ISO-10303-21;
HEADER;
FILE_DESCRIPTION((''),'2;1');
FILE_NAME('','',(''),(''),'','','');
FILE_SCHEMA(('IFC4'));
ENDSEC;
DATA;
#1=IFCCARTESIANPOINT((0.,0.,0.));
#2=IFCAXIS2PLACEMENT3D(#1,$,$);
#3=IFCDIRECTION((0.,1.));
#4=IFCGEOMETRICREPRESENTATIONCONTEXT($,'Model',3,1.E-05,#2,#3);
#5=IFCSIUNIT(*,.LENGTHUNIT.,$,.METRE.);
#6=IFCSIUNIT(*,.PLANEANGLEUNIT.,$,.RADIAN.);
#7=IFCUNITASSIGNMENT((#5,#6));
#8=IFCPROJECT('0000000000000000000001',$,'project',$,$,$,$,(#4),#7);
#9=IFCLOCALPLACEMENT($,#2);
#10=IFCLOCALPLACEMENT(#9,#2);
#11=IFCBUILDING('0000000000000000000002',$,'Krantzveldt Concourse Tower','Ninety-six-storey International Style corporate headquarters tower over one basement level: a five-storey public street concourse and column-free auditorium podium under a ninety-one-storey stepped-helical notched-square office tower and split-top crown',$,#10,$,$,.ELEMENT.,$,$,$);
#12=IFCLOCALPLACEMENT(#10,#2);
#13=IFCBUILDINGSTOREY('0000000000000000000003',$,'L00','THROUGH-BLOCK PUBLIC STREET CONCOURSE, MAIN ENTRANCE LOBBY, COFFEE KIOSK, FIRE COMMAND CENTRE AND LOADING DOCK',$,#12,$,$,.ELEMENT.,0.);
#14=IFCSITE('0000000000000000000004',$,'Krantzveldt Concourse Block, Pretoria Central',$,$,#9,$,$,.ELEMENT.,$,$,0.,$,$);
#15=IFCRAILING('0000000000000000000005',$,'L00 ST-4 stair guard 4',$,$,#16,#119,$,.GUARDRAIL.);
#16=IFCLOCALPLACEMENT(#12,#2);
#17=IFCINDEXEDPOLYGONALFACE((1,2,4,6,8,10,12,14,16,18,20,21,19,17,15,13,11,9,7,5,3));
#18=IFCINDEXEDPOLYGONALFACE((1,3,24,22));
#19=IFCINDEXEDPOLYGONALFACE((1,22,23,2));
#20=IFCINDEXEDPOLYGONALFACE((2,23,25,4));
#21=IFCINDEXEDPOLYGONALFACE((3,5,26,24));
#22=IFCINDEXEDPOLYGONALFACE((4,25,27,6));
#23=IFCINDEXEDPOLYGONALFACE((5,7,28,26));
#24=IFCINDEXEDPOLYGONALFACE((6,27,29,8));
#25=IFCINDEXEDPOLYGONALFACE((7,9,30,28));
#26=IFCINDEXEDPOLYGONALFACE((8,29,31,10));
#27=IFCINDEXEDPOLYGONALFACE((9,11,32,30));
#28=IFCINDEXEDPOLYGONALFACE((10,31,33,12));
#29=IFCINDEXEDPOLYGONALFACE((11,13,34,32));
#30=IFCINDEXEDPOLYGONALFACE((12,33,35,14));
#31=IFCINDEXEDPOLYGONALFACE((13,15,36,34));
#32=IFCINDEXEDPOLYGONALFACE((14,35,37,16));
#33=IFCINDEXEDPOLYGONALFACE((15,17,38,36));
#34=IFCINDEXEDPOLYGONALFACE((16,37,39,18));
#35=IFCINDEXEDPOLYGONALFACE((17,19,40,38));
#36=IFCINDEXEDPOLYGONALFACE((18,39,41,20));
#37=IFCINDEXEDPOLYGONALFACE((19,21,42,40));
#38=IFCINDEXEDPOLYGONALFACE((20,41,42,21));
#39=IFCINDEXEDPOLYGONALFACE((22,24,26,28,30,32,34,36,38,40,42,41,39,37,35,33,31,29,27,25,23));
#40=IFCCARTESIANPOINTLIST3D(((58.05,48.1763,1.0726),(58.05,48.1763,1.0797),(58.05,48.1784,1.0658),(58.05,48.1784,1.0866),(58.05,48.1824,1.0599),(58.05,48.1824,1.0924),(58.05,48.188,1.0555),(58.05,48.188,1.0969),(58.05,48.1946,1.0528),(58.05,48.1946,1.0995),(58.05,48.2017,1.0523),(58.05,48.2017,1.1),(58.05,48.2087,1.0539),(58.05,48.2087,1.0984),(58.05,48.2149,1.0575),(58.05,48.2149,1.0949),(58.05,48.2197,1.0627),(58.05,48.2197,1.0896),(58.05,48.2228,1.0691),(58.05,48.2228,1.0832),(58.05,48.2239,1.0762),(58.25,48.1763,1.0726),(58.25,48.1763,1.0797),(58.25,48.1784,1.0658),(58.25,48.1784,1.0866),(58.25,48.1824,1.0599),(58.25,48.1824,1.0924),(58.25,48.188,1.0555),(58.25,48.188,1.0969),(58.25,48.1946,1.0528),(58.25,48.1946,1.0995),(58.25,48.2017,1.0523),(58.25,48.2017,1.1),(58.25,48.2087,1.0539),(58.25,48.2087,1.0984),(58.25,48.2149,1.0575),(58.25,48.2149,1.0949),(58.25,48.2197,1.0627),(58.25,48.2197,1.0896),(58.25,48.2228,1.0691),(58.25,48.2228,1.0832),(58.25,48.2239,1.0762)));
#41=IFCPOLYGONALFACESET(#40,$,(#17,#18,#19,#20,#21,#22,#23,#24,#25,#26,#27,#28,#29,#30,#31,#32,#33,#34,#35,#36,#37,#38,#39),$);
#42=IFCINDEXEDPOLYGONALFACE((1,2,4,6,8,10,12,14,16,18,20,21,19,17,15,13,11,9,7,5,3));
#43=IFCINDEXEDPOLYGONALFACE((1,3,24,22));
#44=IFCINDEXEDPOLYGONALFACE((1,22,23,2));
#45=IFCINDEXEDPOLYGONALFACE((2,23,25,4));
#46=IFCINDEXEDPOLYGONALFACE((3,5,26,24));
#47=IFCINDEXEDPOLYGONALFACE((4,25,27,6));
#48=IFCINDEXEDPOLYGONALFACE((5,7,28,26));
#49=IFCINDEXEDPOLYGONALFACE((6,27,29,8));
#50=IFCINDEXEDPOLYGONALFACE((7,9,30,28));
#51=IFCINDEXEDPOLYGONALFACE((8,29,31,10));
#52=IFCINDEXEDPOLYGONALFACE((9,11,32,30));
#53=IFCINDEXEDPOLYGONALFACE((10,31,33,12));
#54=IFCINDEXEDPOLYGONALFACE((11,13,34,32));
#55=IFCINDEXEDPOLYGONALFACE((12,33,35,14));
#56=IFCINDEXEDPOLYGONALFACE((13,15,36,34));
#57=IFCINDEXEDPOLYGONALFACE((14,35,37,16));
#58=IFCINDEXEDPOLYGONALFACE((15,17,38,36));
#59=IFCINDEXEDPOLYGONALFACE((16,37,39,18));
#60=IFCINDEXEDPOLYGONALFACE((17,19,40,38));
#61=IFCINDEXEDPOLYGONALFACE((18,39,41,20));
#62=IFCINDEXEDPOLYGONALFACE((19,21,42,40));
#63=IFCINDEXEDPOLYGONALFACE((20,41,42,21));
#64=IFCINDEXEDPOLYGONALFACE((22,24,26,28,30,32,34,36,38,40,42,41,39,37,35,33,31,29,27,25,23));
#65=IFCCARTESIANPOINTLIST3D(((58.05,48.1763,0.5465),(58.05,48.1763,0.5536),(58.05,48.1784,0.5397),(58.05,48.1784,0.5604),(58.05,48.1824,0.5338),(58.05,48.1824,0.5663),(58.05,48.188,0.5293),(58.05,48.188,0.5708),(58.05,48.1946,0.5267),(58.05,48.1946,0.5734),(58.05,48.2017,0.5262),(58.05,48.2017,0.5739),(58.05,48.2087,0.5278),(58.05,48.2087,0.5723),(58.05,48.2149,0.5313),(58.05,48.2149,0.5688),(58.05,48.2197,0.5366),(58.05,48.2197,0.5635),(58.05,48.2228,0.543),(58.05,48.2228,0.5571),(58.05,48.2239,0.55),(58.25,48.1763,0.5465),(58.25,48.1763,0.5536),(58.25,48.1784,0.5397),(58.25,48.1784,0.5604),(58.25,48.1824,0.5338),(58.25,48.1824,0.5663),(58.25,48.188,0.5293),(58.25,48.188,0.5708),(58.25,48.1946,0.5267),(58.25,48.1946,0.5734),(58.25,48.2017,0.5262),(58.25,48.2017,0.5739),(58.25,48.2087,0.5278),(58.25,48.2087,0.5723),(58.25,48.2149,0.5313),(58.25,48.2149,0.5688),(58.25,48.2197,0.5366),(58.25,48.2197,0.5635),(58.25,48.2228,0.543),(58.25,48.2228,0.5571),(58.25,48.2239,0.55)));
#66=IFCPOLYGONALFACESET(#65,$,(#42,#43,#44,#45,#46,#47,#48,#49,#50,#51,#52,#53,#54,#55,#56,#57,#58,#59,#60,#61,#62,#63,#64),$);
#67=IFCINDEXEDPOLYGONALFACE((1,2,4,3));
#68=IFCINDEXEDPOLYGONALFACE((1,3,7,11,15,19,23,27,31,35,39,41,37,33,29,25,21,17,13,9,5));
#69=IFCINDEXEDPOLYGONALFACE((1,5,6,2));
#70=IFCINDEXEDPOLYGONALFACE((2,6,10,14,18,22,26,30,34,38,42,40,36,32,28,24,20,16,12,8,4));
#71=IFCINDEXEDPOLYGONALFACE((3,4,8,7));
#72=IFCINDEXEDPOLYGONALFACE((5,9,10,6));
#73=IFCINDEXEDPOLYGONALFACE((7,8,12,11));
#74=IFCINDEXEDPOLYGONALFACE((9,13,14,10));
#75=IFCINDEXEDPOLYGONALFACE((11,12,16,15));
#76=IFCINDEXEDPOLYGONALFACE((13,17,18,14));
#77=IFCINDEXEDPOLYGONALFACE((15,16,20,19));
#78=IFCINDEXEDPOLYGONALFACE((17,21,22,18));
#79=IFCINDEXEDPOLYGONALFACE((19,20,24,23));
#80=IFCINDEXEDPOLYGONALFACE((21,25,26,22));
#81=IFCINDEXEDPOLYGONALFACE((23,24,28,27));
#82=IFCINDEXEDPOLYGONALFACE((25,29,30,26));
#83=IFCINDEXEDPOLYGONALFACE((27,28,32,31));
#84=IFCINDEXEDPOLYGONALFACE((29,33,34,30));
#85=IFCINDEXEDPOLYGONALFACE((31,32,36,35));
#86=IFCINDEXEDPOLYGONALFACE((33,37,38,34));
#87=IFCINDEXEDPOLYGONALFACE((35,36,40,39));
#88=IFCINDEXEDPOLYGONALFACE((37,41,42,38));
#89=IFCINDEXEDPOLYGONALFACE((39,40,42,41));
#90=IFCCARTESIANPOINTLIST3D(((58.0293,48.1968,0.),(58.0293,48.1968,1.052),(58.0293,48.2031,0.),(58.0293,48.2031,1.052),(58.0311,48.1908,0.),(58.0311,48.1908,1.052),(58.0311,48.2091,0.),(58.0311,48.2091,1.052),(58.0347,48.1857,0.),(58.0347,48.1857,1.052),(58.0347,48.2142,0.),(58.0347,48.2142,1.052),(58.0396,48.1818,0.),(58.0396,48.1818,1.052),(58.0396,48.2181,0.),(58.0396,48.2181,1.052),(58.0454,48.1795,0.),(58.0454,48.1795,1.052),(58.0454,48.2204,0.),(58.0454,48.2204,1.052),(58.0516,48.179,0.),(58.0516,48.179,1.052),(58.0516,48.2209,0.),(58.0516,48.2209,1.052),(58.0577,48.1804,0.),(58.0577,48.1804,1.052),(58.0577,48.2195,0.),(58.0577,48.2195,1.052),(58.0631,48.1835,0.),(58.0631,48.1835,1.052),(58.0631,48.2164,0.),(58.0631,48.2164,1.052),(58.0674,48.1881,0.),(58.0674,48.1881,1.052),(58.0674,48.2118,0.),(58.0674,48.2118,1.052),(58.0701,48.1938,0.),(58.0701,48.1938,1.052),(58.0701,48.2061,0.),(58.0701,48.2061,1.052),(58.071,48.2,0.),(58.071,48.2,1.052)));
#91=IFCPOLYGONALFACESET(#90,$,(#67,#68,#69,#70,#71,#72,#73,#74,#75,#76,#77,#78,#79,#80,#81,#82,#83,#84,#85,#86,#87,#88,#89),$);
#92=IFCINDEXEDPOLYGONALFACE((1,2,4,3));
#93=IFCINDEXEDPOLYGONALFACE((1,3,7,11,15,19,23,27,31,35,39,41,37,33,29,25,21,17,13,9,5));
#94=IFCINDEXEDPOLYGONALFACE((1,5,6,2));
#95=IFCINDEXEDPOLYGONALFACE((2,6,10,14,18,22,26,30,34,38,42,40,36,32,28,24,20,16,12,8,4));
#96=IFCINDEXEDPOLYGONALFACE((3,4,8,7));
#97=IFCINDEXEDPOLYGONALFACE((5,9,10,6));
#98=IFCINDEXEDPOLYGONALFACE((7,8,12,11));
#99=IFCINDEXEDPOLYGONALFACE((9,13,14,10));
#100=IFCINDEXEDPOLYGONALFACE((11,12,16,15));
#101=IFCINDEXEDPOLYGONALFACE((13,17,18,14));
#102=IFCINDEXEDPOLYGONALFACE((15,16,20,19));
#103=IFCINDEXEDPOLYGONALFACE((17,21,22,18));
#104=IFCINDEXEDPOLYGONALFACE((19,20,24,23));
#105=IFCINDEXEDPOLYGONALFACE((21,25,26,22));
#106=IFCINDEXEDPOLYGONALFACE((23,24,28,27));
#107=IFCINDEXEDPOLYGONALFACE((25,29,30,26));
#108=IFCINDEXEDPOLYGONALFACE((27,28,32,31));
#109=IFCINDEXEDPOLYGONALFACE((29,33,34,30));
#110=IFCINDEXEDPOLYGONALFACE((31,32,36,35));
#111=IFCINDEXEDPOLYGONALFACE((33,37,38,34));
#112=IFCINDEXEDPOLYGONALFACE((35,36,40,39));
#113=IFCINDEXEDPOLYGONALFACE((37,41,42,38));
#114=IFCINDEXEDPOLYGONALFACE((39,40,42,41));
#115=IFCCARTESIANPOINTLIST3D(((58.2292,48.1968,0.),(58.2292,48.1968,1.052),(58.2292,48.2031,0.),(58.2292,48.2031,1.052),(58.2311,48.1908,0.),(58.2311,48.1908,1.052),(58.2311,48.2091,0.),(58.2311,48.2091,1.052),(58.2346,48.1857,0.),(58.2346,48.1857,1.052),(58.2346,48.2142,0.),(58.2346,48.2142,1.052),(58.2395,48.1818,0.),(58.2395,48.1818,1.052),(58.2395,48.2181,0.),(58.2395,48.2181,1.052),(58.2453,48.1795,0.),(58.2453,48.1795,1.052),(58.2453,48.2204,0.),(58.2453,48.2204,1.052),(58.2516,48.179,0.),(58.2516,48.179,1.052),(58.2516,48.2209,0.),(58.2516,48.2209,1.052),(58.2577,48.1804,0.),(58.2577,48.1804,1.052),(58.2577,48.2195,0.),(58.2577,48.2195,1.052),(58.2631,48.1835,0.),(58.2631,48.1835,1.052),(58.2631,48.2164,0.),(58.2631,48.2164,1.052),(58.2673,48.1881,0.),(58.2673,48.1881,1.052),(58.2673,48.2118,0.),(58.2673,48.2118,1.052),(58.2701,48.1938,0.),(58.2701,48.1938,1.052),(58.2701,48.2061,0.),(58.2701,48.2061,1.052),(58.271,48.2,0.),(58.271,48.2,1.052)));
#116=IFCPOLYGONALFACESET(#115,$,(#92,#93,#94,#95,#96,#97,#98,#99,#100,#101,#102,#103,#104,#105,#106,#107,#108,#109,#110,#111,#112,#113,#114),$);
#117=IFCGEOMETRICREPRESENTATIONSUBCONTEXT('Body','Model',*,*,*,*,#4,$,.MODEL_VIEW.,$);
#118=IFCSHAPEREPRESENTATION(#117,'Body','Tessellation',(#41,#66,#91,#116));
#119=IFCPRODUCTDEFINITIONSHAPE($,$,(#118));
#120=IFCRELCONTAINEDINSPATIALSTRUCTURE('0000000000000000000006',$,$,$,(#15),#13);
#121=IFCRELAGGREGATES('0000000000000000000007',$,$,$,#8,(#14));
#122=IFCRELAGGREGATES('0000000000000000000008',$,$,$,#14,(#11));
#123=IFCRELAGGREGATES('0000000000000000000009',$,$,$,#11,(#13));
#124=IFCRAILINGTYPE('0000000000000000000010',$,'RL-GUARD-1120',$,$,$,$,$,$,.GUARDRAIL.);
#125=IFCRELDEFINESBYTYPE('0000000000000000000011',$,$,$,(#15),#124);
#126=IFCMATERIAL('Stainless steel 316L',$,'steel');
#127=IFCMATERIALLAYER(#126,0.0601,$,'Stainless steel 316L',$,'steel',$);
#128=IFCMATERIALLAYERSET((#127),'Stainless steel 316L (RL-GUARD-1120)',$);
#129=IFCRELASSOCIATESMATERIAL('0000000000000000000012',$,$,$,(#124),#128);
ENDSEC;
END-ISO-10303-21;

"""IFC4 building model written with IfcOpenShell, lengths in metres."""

from ifc_helpers import new_model, si_unit, direction, frame, origin, origin_2d, place, context, subcontext, project, spatial, circle, extrude, material, layer, layer_set, type_object, element, save


model = new_model("IFC4")

# Units and contexts
model_context = context("Model", 3, precision=1e-05, world=origin(), true_north=direction((0.0, 1.0)))
body_context = subcontext(model_context, "Body", "Model", "MODEL_VIEW")
ifc_project = project(units=[si_unit("LENGTHUNIT", "METRE"), si_unit("PLANEANGLEUNIT", "RADIAN")], contexts=[model_context])

# Site, building, storey
site_placement = place(None, origin())
site = spatial("IfcSite", under=ifc_project, at=site_placement, Name="Krantzveldt Concourse Block, Pretoria Central", CompositionType="ELEMENT", RefElevation=0.0)
building_placement = place(site_placement, origin())
building = spatial("IfcBuilding", under=site, at=building_placement, Name="Krantzveldt Concourse Tower", Description="Ninety-six-storey International Style corporate headquarters tower over one basement level: a five-storey public street concourse and column-free auditorium podium under a ninety-one-storey stepped-helical notched-square office tower and split-top crown", CompositionType="ELEMENT")
storey_placement = place(building_placement, origin())
storey = spatial("IfcBuildingStorey", under=building, at=storey_placement, Name="L00", Description="THROUGH-BLOCK PUBLIC STREET CONCOURSE, MAIN ENTRANCE LOBBY, COFFEE KIOSK, FIRE COMMAND CENTRE AND LOADING DOCK", CompositionType="ELEMENT", Elevation=0.0)

# Railing
ifc_material_1 = material(Name="Stainless steel 316L", Category="steel")
ifc_layer_1 = layer(ifc_material_1, 0.0601, Name="Stainless steel 316L", Category="steel")
ifc_layer_set_1 = layer_set([ifc_layer_1], Name="Stainless steel 316L (RL-GUARD-1120)")
railing_type_1 = type_object("IfcRailingType", Name="RL-GUARD-1120", PredefinedType="GUARDRAIL", material=ifc_layer_set_1)
railing_1_placement = place(storey_placement, frame((58.05, 48.2, 0.0)))
element("IfcRailing", 1, at=railing_1_placement, inside=storey, type_object=railing_type_1, Name="L00 ST-4 stair guard 4", PredefinedType="GUARDRAIL", context=body_context, shape_type="SweptSolid", body=[
    extrude(circle(Radius=0.0239, at=origin_2d()), frame((0.0, 0.0, 1.0762), z_axis=(1.0, 0.0, 0.0), x_axis=(0.0, 1.0, 0.0)), (0.0, 0.0, 1.0), 0.2),
    extrude(circle(Radius=0.0239, at=origin_2d()), frame((0.0, 0.0, 0.55), z_axis=(1.0, 0.0, 0.0), x_axis=(0.0, 1.0, 0.0)), (0.0, 0.0, 1.0), 0.2),
    extrude(circle(Radius=0.021, at=origin_2d()), origin(), (0.0, 0.0, 1.0), 1.052),
    extrude(circle(Radius=0.021, at=origin_2d()), frame((0.2, 0.0, 0.0)), (0.0, 0.0, 1.0), 1.052),
])

save(model, "model.ifc")
